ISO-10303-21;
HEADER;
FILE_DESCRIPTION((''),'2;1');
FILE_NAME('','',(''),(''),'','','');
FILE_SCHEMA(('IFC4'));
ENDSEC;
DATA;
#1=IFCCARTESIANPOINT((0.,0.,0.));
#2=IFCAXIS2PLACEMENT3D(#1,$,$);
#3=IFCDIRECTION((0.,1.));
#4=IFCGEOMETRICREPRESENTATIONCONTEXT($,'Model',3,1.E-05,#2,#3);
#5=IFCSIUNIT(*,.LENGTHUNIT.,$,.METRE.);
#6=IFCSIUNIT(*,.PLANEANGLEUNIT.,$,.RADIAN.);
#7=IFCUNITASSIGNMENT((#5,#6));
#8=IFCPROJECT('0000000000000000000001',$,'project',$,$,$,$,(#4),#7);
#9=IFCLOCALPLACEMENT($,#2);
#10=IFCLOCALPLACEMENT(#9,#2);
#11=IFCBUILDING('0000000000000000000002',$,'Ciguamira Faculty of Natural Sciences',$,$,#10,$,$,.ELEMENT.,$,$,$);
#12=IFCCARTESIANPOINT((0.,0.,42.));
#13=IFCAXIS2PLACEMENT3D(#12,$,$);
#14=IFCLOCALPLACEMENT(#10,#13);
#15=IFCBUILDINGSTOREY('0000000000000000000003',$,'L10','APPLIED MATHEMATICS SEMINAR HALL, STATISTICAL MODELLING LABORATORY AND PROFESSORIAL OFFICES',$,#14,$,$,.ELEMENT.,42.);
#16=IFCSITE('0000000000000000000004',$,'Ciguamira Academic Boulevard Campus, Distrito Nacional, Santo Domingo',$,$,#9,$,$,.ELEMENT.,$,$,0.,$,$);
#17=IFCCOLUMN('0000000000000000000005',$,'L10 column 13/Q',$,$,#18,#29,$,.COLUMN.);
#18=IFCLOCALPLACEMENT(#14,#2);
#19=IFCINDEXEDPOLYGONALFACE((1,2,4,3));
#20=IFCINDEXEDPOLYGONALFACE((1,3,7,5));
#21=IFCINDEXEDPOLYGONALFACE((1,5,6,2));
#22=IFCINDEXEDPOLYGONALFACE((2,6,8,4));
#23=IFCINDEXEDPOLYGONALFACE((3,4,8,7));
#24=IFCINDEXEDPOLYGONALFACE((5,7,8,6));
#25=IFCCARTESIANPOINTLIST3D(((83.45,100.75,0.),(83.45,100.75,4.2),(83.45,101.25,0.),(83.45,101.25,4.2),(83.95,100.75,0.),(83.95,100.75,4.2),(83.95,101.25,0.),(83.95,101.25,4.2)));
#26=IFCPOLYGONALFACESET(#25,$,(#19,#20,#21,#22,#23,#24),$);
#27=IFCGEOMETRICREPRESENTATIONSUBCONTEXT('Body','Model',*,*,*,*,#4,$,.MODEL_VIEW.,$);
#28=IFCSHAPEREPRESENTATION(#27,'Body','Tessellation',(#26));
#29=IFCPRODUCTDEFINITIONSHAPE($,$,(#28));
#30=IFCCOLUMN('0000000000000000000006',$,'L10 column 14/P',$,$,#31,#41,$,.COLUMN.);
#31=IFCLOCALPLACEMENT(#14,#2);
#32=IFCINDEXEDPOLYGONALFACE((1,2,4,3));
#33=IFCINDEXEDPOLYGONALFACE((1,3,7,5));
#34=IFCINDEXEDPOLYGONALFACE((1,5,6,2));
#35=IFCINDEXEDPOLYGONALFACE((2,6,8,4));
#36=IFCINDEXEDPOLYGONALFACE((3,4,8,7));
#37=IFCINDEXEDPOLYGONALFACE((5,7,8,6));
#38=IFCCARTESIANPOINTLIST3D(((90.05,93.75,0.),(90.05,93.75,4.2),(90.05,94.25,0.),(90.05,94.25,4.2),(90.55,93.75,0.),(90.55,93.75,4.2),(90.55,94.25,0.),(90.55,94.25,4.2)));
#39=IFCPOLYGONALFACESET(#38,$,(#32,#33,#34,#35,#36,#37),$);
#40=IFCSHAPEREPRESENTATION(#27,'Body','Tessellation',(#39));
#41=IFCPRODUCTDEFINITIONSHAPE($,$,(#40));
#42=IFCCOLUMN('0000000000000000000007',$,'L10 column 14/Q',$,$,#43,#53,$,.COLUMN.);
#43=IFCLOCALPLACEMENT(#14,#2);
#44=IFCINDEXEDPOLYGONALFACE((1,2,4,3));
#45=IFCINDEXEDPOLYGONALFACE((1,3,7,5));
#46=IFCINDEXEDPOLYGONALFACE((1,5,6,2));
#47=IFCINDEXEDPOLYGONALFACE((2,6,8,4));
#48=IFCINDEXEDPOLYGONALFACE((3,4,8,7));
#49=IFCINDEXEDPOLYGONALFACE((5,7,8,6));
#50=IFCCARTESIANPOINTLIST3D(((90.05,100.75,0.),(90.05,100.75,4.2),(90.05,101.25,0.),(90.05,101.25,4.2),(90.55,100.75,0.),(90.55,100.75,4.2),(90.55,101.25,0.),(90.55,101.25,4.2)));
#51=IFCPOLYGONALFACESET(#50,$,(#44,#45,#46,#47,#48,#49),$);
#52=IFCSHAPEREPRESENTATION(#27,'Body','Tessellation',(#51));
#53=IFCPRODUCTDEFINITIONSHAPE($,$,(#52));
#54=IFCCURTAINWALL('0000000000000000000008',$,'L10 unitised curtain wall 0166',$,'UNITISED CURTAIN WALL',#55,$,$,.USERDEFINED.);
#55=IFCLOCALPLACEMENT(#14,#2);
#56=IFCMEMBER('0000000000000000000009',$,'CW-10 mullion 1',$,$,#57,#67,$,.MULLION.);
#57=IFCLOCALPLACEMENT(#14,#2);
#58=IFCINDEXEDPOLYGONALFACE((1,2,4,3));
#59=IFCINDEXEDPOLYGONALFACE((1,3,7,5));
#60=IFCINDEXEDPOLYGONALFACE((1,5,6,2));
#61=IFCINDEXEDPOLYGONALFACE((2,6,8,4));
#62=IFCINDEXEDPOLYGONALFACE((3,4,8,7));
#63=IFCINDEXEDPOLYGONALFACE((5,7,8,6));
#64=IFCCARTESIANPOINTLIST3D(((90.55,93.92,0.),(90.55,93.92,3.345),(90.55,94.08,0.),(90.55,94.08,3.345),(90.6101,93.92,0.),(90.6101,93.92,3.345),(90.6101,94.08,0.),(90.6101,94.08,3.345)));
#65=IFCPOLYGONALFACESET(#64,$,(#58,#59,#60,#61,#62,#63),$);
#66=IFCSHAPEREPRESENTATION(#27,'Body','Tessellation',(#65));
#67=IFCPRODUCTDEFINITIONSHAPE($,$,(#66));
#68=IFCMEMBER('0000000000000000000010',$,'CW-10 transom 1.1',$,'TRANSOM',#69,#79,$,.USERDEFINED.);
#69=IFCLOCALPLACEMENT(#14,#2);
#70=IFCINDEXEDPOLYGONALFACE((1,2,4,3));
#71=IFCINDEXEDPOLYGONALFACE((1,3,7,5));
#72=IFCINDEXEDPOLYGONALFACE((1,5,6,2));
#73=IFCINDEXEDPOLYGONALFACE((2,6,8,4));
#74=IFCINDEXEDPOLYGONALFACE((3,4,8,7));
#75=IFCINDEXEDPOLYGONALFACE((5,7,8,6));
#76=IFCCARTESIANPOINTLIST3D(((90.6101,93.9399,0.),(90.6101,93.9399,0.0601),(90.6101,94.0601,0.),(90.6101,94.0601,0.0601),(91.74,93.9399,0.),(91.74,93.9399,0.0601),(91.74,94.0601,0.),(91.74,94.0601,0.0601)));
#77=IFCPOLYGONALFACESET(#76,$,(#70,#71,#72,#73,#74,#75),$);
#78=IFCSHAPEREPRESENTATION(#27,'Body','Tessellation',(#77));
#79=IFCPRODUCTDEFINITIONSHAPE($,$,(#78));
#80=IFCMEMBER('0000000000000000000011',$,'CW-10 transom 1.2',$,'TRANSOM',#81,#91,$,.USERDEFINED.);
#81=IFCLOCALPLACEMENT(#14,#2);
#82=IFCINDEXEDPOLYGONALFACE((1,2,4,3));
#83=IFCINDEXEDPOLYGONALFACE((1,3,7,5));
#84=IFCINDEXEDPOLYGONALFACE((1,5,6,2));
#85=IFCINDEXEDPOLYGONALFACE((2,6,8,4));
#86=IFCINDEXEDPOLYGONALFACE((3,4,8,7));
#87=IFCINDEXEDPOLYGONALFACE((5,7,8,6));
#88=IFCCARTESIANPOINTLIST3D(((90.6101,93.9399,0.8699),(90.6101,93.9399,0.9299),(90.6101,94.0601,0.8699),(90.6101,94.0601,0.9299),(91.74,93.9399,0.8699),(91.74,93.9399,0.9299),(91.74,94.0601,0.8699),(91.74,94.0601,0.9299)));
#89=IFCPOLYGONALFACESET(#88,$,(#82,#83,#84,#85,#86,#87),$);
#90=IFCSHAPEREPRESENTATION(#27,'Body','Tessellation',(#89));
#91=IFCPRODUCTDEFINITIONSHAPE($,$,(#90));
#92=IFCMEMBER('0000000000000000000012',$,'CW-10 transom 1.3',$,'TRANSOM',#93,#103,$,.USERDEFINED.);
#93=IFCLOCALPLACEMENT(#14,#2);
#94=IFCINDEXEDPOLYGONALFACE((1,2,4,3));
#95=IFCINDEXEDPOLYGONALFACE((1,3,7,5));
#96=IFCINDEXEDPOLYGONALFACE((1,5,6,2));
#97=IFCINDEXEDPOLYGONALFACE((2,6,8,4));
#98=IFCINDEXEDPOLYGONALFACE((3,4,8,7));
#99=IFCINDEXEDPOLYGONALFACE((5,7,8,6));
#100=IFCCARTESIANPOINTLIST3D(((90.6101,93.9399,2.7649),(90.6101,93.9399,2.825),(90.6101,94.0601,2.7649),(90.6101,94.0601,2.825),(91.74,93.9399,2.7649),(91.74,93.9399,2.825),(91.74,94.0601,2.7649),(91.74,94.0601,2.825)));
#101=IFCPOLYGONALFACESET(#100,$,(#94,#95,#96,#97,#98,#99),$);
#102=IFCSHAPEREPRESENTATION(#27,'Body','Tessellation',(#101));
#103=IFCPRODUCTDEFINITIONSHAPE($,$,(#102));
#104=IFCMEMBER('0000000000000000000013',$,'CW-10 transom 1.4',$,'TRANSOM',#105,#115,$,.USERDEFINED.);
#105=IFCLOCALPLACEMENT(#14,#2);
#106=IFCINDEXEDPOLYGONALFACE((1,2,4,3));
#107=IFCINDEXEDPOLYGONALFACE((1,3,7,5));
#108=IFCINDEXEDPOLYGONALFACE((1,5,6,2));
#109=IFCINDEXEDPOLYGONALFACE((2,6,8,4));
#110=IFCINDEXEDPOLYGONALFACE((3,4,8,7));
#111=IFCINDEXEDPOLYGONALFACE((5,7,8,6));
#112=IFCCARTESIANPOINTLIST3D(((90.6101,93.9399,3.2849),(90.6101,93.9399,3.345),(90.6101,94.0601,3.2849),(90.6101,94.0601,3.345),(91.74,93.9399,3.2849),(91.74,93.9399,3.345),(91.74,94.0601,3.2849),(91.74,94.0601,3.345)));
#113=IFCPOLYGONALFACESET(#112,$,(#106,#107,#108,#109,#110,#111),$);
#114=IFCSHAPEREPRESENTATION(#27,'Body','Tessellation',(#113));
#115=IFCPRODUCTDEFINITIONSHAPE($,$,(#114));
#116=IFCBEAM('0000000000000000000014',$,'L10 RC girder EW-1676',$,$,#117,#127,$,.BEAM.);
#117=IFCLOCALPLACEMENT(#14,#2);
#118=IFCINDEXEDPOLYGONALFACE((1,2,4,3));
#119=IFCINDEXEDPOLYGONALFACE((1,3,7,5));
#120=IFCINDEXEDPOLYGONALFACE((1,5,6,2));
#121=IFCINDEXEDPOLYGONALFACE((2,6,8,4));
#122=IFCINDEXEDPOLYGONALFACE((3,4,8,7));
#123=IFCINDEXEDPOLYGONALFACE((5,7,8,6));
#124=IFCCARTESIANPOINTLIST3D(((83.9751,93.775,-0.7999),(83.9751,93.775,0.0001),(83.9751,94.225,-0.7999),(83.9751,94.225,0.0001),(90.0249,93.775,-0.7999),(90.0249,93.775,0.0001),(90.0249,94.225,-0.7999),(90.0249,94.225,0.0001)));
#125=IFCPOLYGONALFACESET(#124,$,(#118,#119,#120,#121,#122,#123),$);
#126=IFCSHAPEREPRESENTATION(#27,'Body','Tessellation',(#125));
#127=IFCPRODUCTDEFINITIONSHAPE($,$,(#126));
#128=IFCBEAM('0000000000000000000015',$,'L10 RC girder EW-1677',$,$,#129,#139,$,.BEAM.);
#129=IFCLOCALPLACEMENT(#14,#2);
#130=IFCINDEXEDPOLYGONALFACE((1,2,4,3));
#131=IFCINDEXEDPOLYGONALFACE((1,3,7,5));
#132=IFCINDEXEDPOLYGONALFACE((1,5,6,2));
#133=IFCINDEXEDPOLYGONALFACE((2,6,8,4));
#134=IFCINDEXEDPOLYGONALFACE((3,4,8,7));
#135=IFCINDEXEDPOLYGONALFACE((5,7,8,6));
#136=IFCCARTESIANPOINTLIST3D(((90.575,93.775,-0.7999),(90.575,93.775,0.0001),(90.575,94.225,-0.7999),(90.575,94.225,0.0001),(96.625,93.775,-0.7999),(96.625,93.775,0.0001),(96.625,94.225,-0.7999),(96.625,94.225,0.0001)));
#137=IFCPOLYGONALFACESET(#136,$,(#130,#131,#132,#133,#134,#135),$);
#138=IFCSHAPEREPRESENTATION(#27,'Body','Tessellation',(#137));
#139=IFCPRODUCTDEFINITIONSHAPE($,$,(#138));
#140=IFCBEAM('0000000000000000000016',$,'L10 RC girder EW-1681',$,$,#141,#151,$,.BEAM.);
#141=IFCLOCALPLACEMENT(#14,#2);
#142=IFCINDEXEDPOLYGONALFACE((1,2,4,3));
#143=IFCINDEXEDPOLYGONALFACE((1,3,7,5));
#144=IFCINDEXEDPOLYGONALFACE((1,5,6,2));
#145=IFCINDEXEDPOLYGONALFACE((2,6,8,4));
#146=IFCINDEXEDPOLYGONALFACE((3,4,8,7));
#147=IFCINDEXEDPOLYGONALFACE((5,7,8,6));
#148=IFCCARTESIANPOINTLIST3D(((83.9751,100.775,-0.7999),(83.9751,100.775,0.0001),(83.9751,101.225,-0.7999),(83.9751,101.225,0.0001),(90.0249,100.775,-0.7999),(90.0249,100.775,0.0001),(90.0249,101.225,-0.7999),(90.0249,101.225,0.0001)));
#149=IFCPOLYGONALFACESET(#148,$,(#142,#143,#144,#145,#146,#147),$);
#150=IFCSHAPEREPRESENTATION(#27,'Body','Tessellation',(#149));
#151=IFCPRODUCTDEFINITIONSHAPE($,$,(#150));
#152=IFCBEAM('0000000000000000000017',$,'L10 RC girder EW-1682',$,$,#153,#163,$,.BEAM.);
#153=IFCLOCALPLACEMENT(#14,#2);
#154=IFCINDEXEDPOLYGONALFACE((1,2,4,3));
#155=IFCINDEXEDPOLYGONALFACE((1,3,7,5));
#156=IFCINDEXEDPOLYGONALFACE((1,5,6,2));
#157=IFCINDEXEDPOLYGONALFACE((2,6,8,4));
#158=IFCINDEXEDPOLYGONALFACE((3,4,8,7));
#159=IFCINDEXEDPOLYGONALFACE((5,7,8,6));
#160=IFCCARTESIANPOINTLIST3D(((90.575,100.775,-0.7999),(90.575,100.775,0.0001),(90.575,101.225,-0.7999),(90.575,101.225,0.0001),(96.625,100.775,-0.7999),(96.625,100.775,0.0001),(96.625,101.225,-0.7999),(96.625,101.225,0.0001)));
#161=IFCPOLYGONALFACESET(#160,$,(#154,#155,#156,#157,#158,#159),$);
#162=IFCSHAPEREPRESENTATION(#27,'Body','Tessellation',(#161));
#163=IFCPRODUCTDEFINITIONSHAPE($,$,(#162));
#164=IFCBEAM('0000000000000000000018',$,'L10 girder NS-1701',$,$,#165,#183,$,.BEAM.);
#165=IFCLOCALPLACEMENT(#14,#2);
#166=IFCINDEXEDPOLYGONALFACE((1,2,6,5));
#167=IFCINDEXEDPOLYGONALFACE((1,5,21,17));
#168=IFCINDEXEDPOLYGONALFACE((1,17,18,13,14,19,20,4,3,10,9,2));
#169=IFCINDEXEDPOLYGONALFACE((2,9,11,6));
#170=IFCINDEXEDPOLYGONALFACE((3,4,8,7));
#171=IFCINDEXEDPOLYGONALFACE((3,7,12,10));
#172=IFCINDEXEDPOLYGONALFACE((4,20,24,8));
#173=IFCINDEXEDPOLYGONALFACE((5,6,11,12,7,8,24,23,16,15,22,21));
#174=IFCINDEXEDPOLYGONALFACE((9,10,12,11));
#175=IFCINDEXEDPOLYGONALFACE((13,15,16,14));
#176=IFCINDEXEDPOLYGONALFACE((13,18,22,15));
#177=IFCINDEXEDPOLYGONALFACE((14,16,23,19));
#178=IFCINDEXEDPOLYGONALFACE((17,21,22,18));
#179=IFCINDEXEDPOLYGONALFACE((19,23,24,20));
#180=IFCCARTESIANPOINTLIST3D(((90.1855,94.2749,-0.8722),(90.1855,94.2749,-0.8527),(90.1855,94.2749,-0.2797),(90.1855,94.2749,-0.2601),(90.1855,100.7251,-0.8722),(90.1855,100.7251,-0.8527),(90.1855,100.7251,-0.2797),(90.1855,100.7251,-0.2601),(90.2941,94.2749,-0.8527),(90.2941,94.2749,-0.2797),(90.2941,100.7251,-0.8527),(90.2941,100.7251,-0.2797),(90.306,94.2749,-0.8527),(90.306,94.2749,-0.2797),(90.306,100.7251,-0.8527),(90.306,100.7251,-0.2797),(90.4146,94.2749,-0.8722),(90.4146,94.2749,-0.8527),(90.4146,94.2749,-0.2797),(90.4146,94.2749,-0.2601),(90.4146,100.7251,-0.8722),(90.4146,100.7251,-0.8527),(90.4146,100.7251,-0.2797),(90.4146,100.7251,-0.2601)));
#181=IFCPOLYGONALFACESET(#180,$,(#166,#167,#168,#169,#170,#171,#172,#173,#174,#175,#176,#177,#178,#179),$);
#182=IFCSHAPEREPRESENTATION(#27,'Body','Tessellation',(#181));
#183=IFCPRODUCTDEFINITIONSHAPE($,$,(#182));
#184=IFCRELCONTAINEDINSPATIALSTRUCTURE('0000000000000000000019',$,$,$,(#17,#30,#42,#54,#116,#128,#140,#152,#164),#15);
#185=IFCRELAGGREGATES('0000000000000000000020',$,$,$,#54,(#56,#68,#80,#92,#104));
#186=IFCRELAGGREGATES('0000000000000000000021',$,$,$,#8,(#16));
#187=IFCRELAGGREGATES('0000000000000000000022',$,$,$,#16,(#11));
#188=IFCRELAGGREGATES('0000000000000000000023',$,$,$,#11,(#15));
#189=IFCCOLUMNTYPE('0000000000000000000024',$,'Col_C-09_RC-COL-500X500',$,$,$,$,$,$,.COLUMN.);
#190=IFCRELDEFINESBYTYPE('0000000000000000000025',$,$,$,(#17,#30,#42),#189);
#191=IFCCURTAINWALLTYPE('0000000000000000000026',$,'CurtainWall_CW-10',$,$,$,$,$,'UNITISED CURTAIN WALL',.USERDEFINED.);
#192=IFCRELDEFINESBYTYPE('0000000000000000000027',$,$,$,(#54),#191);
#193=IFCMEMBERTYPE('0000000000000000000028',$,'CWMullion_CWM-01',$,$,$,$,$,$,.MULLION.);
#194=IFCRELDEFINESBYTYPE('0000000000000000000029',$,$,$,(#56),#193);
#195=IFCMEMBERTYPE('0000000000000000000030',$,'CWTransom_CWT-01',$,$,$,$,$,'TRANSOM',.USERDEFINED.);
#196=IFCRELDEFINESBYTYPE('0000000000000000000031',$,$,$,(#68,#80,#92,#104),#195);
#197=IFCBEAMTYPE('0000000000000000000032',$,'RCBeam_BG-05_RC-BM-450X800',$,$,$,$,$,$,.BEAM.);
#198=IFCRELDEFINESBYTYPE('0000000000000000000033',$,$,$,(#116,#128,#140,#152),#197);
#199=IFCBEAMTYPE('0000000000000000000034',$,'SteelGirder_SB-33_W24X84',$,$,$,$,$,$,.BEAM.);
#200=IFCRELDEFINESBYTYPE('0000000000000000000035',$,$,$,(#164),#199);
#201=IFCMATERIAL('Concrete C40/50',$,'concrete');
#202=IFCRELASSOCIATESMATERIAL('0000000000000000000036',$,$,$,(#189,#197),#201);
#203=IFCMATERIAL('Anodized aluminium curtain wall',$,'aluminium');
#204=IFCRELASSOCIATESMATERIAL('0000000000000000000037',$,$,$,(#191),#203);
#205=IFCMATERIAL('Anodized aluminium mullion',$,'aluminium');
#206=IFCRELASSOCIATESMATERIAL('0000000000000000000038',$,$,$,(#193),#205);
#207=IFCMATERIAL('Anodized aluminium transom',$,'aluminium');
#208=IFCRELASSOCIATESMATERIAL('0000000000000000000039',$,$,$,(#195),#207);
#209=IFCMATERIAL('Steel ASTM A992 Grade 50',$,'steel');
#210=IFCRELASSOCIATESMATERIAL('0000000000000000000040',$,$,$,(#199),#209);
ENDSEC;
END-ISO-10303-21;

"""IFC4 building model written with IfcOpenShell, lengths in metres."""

from ifc_helpers import new_model, si_unit, direction, frame, origin, origin_2d, place, context, subcontext, project, spatial, rectangle, i_section, extrude, material, material_profile, profile_set, type_object, element, aggregate, save


model = new_model("IFC4")

# Units and contexts
model_context = context("Model", 3, precision=1e-05, world=origin(), true_north=direction((0.0, 1.0)))
body_context = subcontext(model_context, "Body", "Model", "MODEL_VIEW")
ifc_project = project(units=[si_unit("LENGTHUNIT", "METRE"), si_unit("PLANEANGLEUNIT", "RADIAN")], contexts=[model_context])

# Site, building, storey
site_placement = place(None, origin())
site = spatial("IfcSite", under=ifc_project, at=site_placement, Name="Ciguamira Academic Boulevard Campus, Distrito Nacional, Santo Domingo", CompositionType="ELEMENT", RefElevation=0.0)
building_placement = place(site_placement, origin())
building = spatial("IfcBuilding", under=site, at=building_placement, Name="Ciguamira Faculty of Natural Sciences", CompositionType="ELEMENT")
storey_placement = place(building_placement, frame((0.0, 0.0, 42.0)))
storey = spatial("IfcBuildingStorey", under=building, at=storey_placement, Name="L10", Description="APPLIED MATHEMATICS SEMINAR HALL, STATISTICAL MODELLING LABORATORY AND PROFESSORIAL OFFICES", CompositionType="ELEMENT", Elevation=42.0)

# Columns
ifc_material_1 = material(Name="Concrete C40/50", Category="concrete")
ifc_material_profile_1 = material_profile(ifc_material_1, rectangle(XDim=0.5, YDim=0.5, at=origin_2d()), Name="RC-COL-500X500")
ifc_profile_set_1 = profile_set([ifc_material_profile_1], Name="Concrete C40/50")
column_type = type_object("IfcColumnType", Name="Col_C-09_RC-COL-500X500", PredefinedType="COLUMN", material=ifc_profile_set_1)
for number, where, z_axis, x_axis, name in (
    (1, (83.7, 101.0, 0.0), (0.0, 0.0, 1.0), (1.0, 0.0, 0.0), "L10 column 13/Q"),
    (2, (90.3, 94.0, 0.0), (0.0, 0.0, 1.0), (1.0, 0.0, 0.0), "L10 column 14/P"),
    (3, (90.3, 101.0, 0.0), (0.0, 0.0, 1.0), (1.0, 0.0, 0.0), "L10 column 14/Q"),
):
    element("IfcColumn", number, at=place(storey_placement, frame(where, z_axis=z_axis, x_axis=x_axis)), inside=storey, type_object=column_type, Name=name, PredefinedType="COLUMN", context=body_context, shape_type="SweptSolid", body=[
        extrude(rectangle(XDim=0.5, YDim=0.5, at=origin_2d()), origin(), (0.0, 0.0, 1.0), 4.2),
    ])

# Curtain wall, members
ifc_material_2 = material(Name="Anodized aluminium curtain wall", Category="aluminium")
curtain_wall_type = type_object("IfcCurtainWallType", Name="CurtainWall_CW-10", ElementType="UNITISED CURTAIN WALL", PredefinedType="USERDEFINED", material=ifc_material_2)
curtain_wall_placement = place(storey_placement, origin())
curtain_wall = element("IfcCurtainWall", 4, at=curtain_wall_placement, inside=storey, type_object=curtain_wall_type, Name="L10 unitised curtain wall 0166", ObjectType="UNITISED CURTAIN WALL", PredefinedType="USERDEFINED")
ifc_material_3 = material(Name="Anodized aluminium mullion", Category="aluminium")
ifc_material_profile_2 = material_profile(ifc_material_3, rectangle(XDim=0.0601, YDim=0.1599, at=origin_2d()), Name="ALU-MUL-60X160")
ifc_profile_set_2 = profile_set([ifc_material_profile_2], Name="Anodized aluminium mullion")
member_type_1 = type_object("IfcMemberType", Name="CWMullion_CWM-01", PredefinedType="MULLION", material=ifc_profile_set_2)
member_1_placement = place(storey_placement, frame((90.5801, 94.0, 0.0), z_axis=(0.0, 0.0, 1.0), x_axis=(1.0, 0.0, 0.0)))
member_1 = element("IfcMember", 5, at=member_1_placement, type_object=member_type_1, Name="CW-10 mullion 1", PredefinedType="MULLION", context=body_context, shape_type="SweptSolid", body=[
    extrude(rectangle(XDim=0.0601, YDim=0.1599, at=origin_2d()), origin(), (0.0, 0.0, 1.0), 3.345),
])
ifc_material_4 = material(Name="Anodized aluminium transom", Category="aluminium")
ifc_material_profile_3 = material_profile(ifc_material_4, rectangle(XDim=0.0601, YDim=0.1201, at=origin_2d()), Name="ALU-TRN-60X120")
ifc_profile_set_3 = profile_set([ifc_material_profile_3], Name="Anodized aluminium transom")
member_type_2 = type_object("IfcMemberType", Name="CWTransom_CWT-01", ElementType="TRANSOM", PredefinedType="USERDEFINED", material=ifc_profile_set_3)
member_2_placement = place(storey_placement, frame((90.6101, 94.0, 0.03), z_axis=(1.0, 0.0, 0.0), x_axis=(0.0, 0.0, 1.0)))
member_2 = element("IfcMember", 6, at=member_2_placement, type_object=member_type_2, Name="CW-10 transom 1.1", ObjectType="TRANSOM", PredefinedType="USERDEFINED", context=body_context, shape_type="SweptSolid", body=[
    extrude(rectangle(XDim=0.0601, YDim=0.1201, at=origin_2d()), origin(), (0.0, 0.0, 1.0), 1.1299),
])
member_3_placement = place(storey_placement, frame((90.6101, 94.0, 0.8999), z_axis=(1.0, 0.0, 0.0), x_axis=(0.0, 0.0, 1.0)))
member_3 = element("IfcMember", 7, at=member_3_placement, type_object=member_type_2, Name="CW-10 transom 1.2", ObjectType="TRANSOM", PredefinedType="USERDEFINED", context=body_context, shape_type="SweptSolid", body=[
    extrude(rectangle(XDim=0.0601, YDim=0.1201, at=origin_2d()), origin(), (0.0, 0.0, 1.0), 1.1299),
])
member_4_placement = place(storey_placement, frame((90.6101, 94.0, 2.7949), z_axis=(1.0, 0.0, 0.0), x_axis=(0.0, 0.0, 1.0)))
member_4 = element("IfcMember", 8, at=member_4_placement, type_object=member_type_2, Name="CW-10 transom 1.3", ObjectType="TRANSOM", PredefinedType="USERDEFINED", context=body_context, shape_type="SweptSolid", body=[
    extrude(rectangle(XDim=0.0601, YDim=0.1201, at=origin_2d()), origin(), (0.0, 0.0, 1.0), 1.1299),
])
member_5_placement = place(storey_placement, frame((90.6101, 94.0, 3.3149), z_axis=(1.0, 0.0, 0.0), x_axis=(0.0, 0.0, 1.0)))
member_5 = element("IfcMember", 9, at=member_5_placement, type_object=member_type_2, Name="CW-10 transom 1.4", ObjectType="TRANSOM", PredefinedType="USERDEFINED", context=body_context, shape_type="SweptSolid", body=[
    extrude(rectangle(XDim=0.0601, YDim=0.1201, at=origin_2d()), origin(), (0.0, 0.0, 1.0), 1.1299),
])

# Beams
ifc_material_profile_4 = material_profile(ifc_material_1, rectangle(XDim=0.45, YDim=0.8, at=origin_2d()), Name="RC-BM-450X800")
ifc_profile_set_4 = profile_set([ifc_material_profile_4], Name="Concrete C40/50")
beam_type_1 = type_object("IfcBeamType", Name="RCBeam_BG-05_RC-BM-450X800", PredefinedType="BEAM", material=ifc_profile_set_4)
beam_1_placement = place(storey_placement, frame((83.9751, 94.0, -0.3999), z_axis=(1.0, 0.0, 0.0), x_axis=(0.0, 1.0, 0.0)))
element("IfcBeam", 10, at=beam_1_placement, inside=storey, type_object=beam_type_1, Name="L10 RC girder EW-1676", PredefinedType="BEAM", context=body_context, shape_type="SweptSolid", body=[
    extrude(rectangle(XDim=0.45, YDim=0.8, at=origin_2d()), origin(), (0.0, 0.0, 1.0), 6.0498),
])
beam_2_placement = place(storey_placement, frame((90.575, 94.0, -0.3999), z_axis=(1.0, 0.0, 0.0), x_axis=(0.0, 1.0, 0.0)))
element("IfcBeam", 11, at=beam_2_placement, inside=storey, type_object=beam_type_1, Name="L10 RC girder EW-1677", PredefinedType="BEAM", context=body_context, shape_type="SweptSolid", body=[
    extrude(rectangle(XDim=0.45, YDim=0.8, at=origin_2d()), origin(), (0.0, 0.0, 1.0), 6.05),
])
beam_3_placement = place(storey_placement, frame((83.9751, 101.0, -0.3999), z_axis=(1.0, 0.0, 0.0), x_axis=(0.0, 1.0, 0.0)))
element("IfcBeam", 12, at=beam_3_placement, inside=storey, type_object=beam_type_1, Name="L10 RC girder EW-1681", PredefinedType="BEAM", context=body_context, shape_type="SweptSolid", body=[
    extrude(rectangle(XDim=0.45, YDim=0.8, at=origin_2d()), origin(), (0.0, 0.0, 1.0), 6.0498),
])
beam_4_placement = place(storey_placement, frame((90.575, 101.0, -0.3999), z_axis=(1.0, 0.0, 0.0), x_axis=(0.0, 1.0, 0.0)))
element("IfcBeam", 13, at=beam_4_placement, inside=storey, type_object=beam_type_1, Name="L10 RC girder EW-1682", PredefinedType="BEAM", context=body_context, shape_type="SweptSolid", body=[
    extrude(rectangle(XDim=0.45, YDim=0.8, at=origin_2d()), origin(), (0.0, 0.0, 1.0), 6.05),
])
ifc_material_5 = material(Name="Steel ASTM A992 Grade 50", Category="steel")
ifc_material_profile_5 = material_profile(ifc_material_5, i_section(OverallWidth=0.229, OverallDepth=0.6121, WebThickness=0.012, FlangeThickness=0.0195, at=origin_2d()), Name="W24X84")
ifc_profile_set_5 = profile_set([ifc_material_profile_5], Name="Steel ASTM A992 Grade 50")
beam_type_2 = type_object("IfcBeamType", Name="SteelGirder_SB-33_W24X84", PredefinedType="BEAM", material=ifc_profile_set_5)
beam_5_placement = place(storey_placement, frame((90.3, 94.2749, -0.5662), z_axis=(0.0, 1.0, 0.0), x_axis=(-1.0, 0.0, 0.0)))
element("IfcBeam", 14, at=beam_5_placement, inside=storey, type_object=beam_type_2, Name="L10 girder NS-1701", PredefinedType="BEAM", context=body_context, shape_type="SweptSolid", body=[
    extrude(i_section(OverallWidth=0.229, OverallDepth=0.6121, WebThickness=0.012, FlangeThickness=0.0195, at=origin_2d()), origin(), (0.0, 0.0, 1.0), 6.4502),
])

aggregate(curtain_wall, [member_1, member_2, member_3, member_4, member_5])

save(model, "model.ifc")
